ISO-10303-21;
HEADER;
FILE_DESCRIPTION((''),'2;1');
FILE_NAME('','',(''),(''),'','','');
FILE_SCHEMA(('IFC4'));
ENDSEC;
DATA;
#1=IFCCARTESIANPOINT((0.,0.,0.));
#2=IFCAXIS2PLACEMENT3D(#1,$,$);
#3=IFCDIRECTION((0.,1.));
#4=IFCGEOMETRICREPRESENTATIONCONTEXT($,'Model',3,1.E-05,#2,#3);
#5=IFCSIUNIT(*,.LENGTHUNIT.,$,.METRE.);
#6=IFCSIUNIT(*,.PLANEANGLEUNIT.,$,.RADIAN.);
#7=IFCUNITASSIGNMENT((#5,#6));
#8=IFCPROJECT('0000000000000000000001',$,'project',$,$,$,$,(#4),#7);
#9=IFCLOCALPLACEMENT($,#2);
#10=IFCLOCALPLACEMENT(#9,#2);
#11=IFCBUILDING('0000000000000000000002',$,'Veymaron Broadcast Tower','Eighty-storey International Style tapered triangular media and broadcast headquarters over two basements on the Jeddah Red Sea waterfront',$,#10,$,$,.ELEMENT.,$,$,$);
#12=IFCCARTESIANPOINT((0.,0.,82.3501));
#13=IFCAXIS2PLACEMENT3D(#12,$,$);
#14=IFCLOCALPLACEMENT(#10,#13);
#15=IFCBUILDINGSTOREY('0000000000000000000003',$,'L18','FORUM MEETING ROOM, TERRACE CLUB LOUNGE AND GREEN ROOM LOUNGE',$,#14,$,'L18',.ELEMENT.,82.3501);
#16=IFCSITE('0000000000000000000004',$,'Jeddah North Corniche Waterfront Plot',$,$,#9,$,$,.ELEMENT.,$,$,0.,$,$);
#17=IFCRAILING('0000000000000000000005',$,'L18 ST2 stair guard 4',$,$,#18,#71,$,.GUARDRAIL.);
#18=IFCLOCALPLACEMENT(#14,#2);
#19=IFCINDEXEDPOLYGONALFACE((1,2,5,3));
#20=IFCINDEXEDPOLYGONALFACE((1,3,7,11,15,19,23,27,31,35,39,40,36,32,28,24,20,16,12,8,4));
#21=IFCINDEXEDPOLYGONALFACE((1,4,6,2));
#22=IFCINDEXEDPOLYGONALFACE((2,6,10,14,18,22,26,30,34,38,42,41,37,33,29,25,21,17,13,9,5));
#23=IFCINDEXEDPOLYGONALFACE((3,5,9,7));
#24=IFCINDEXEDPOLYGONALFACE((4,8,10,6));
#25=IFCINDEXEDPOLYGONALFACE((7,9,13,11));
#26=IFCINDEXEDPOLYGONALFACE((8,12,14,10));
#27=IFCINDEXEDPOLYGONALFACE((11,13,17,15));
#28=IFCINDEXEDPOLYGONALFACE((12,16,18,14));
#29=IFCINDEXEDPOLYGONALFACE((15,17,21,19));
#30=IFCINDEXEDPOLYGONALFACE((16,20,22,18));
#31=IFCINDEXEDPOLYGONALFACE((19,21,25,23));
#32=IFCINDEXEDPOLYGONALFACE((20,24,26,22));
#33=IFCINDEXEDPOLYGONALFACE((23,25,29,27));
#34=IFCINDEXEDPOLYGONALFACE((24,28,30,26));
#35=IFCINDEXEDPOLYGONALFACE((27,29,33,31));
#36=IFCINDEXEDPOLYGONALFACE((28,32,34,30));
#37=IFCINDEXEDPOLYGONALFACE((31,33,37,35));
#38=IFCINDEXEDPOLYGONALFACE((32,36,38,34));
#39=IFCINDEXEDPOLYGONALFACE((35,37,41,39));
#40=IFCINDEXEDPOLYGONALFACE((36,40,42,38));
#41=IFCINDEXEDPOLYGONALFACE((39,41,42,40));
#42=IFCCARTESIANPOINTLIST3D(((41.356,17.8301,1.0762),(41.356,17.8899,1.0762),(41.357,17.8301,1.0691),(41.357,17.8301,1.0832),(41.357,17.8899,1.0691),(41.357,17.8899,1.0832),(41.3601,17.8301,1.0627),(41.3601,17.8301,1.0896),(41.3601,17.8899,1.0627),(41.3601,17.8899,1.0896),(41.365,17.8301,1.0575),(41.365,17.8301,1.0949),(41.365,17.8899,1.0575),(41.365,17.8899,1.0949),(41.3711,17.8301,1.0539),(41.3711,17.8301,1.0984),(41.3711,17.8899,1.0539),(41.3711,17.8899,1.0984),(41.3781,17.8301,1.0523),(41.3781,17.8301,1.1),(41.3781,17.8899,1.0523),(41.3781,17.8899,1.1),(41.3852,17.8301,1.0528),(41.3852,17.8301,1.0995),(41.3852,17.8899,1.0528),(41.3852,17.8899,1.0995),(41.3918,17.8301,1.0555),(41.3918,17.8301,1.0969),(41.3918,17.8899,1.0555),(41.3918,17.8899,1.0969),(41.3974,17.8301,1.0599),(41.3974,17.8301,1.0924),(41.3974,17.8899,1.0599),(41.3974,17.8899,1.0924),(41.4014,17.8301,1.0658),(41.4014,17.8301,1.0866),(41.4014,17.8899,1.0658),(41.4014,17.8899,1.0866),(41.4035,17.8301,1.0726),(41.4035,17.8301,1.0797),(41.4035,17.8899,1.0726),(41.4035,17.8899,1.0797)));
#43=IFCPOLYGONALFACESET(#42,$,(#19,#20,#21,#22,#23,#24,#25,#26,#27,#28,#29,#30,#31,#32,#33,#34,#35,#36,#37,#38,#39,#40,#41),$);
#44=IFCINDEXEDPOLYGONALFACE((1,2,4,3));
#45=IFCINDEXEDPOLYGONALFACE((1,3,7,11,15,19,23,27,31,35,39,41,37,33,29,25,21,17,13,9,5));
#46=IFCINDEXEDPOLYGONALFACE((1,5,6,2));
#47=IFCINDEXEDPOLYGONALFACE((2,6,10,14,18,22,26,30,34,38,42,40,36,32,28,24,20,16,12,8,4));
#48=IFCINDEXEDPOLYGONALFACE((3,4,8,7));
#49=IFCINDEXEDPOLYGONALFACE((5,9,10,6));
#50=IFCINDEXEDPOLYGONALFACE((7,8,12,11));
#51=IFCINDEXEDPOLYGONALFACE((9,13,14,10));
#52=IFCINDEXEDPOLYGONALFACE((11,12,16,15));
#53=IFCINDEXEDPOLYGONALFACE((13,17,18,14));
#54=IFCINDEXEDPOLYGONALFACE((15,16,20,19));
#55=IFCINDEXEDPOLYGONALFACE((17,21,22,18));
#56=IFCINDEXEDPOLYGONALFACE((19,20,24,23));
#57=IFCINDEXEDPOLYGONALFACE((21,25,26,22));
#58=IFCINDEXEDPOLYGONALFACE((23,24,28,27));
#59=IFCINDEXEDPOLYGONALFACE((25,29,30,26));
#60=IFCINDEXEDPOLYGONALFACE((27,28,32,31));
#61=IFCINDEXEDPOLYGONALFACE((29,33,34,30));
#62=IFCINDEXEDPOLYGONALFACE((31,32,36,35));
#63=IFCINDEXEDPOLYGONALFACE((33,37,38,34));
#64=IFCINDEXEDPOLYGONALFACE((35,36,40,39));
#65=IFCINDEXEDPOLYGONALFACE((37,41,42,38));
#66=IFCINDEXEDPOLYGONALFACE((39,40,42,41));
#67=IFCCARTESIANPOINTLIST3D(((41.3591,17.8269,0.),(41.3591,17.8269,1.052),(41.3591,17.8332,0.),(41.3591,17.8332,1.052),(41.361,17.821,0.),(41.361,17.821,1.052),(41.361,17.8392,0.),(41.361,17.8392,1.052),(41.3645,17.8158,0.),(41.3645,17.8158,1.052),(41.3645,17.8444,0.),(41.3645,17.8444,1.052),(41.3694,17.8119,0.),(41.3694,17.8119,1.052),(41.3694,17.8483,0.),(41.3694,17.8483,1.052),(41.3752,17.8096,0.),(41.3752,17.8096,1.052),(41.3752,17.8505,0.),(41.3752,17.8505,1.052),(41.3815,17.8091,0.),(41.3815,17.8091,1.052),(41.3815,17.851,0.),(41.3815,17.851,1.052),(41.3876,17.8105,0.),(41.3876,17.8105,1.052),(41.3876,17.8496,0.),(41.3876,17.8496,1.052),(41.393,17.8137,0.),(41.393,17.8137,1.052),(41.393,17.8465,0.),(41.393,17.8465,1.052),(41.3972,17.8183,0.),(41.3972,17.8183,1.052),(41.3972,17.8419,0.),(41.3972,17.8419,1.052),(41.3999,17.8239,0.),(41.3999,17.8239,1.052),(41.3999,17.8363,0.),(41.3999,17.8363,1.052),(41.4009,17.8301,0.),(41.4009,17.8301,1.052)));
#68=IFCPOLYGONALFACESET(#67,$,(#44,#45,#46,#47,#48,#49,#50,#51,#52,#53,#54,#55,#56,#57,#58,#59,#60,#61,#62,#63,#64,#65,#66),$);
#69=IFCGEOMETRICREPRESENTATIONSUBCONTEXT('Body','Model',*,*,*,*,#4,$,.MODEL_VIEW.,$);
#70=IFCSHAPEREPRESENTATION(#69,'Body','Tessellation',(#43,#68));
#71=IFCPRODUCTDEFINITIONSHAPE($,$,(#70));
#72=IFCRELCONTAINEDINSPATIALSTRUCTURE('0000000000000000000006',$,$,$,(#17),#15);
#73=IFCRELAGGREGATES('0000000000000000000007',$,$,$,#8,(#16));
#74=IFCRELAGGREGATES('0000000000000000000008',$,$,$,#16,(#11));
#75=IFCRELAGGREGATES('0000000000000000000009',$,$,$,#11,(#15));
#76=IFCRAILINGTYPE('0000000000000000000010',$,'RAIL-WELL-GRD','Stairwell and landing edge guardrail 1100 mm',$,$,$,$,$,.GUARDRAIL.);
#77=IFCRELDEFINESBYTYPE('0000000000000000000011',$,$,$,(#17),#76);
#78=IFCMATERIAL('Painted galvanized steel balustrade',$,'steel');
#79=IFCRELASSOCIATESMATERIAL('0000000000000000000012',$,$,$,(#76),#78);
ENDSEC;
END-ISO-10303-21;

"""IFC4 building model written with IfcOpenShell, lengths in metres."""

from ifc_helpers import new_model, si_unit, direction, frame, origin, origin_2d, place, context, subcontext, project, spatial, circle, extrude, material, type_object, element, save


model = new_model("IFC4")

# Units and contexts
model_context = context("Model", 3, precision=1e-05, world=origin(), true_north=direction((0.0, 1.0)))
body_context = subcontext(model_context, "Body", "Model", "MODEL_VIEW")
ifc_project = project(units=[si_unit("LENGTHUNIT", "METRE"), si_unit("PLANEANGLEUNIT", "RADIAN")], contexts=[model_context])

# Site, building, storey
site_placement = place(None, origin())
site = spatial("IfcSite", under=ifc_project, at=site_placement, Name="Jeddah North Corniche Waterfront Plot", CompositionType="ELEMENT", RefElevation=0.0)
building_placement = place(site_placement, origin())
building = spatial("IfcBuilding", under=site, at=building_placement, Name="Veymaron Broadcast Tower", Description="Eighty-storey International Style tapered triangular media and broadcast headquarters over two basements on the Jeddah Red Sea waterfront", CompositionType="ELEMENT")
storey_placement = place(building_placement, frame((0.0, 0.0, 82.3501)))
storey = spatial("IfcBuildingStorey", under=building, at=storey_placement, Name="L18", Description="FORUM MEETING ROOM, TERRACE CLUB LOUNGE AND GREEN ROOM LOUNGE", LongName="L18", CompositionType="ELEMENT", Elevation=82.3501)

# Railing
ifc_material_1 = material(Name="Painted galvanized steel balustrade", Category="steel")
railing_type_1 = type_object("IfcRailingType", Name="RAIL-WELL-GRD", Description="Stairwell and landing edge guardrail 1100 mm", PredefinedType="GUARDRAIL", material=ifc_material_1)
railing_1_placement = place(storey_placement, frame((41.3799, 17.8301, 0.0)))
element("IfcRailing", 1, at=railing_1_placement, inside=storey, type_object=railing_type_1, Name="L18 ST2 stair guard 4", PredefinedType="GUARDRAIL", context=body_context, shape_type="SweptSolid", body=[
    extrude(circle(Radius=0.0239, at=origin_2d()), frame((0.0, 0.0, 1.0762), z_axis=(0.0, 1.0, 0.0), x_axis=(-1.0, 0.0, 0.0)), (0.0, 0.0, 1.0), 0.0598),
    extrude(circle(Radius=0.021, at=origin_2d()), origin(), (0.0, 0.0, 1.0), 1.052),
])

save(model, "model.ifc")
